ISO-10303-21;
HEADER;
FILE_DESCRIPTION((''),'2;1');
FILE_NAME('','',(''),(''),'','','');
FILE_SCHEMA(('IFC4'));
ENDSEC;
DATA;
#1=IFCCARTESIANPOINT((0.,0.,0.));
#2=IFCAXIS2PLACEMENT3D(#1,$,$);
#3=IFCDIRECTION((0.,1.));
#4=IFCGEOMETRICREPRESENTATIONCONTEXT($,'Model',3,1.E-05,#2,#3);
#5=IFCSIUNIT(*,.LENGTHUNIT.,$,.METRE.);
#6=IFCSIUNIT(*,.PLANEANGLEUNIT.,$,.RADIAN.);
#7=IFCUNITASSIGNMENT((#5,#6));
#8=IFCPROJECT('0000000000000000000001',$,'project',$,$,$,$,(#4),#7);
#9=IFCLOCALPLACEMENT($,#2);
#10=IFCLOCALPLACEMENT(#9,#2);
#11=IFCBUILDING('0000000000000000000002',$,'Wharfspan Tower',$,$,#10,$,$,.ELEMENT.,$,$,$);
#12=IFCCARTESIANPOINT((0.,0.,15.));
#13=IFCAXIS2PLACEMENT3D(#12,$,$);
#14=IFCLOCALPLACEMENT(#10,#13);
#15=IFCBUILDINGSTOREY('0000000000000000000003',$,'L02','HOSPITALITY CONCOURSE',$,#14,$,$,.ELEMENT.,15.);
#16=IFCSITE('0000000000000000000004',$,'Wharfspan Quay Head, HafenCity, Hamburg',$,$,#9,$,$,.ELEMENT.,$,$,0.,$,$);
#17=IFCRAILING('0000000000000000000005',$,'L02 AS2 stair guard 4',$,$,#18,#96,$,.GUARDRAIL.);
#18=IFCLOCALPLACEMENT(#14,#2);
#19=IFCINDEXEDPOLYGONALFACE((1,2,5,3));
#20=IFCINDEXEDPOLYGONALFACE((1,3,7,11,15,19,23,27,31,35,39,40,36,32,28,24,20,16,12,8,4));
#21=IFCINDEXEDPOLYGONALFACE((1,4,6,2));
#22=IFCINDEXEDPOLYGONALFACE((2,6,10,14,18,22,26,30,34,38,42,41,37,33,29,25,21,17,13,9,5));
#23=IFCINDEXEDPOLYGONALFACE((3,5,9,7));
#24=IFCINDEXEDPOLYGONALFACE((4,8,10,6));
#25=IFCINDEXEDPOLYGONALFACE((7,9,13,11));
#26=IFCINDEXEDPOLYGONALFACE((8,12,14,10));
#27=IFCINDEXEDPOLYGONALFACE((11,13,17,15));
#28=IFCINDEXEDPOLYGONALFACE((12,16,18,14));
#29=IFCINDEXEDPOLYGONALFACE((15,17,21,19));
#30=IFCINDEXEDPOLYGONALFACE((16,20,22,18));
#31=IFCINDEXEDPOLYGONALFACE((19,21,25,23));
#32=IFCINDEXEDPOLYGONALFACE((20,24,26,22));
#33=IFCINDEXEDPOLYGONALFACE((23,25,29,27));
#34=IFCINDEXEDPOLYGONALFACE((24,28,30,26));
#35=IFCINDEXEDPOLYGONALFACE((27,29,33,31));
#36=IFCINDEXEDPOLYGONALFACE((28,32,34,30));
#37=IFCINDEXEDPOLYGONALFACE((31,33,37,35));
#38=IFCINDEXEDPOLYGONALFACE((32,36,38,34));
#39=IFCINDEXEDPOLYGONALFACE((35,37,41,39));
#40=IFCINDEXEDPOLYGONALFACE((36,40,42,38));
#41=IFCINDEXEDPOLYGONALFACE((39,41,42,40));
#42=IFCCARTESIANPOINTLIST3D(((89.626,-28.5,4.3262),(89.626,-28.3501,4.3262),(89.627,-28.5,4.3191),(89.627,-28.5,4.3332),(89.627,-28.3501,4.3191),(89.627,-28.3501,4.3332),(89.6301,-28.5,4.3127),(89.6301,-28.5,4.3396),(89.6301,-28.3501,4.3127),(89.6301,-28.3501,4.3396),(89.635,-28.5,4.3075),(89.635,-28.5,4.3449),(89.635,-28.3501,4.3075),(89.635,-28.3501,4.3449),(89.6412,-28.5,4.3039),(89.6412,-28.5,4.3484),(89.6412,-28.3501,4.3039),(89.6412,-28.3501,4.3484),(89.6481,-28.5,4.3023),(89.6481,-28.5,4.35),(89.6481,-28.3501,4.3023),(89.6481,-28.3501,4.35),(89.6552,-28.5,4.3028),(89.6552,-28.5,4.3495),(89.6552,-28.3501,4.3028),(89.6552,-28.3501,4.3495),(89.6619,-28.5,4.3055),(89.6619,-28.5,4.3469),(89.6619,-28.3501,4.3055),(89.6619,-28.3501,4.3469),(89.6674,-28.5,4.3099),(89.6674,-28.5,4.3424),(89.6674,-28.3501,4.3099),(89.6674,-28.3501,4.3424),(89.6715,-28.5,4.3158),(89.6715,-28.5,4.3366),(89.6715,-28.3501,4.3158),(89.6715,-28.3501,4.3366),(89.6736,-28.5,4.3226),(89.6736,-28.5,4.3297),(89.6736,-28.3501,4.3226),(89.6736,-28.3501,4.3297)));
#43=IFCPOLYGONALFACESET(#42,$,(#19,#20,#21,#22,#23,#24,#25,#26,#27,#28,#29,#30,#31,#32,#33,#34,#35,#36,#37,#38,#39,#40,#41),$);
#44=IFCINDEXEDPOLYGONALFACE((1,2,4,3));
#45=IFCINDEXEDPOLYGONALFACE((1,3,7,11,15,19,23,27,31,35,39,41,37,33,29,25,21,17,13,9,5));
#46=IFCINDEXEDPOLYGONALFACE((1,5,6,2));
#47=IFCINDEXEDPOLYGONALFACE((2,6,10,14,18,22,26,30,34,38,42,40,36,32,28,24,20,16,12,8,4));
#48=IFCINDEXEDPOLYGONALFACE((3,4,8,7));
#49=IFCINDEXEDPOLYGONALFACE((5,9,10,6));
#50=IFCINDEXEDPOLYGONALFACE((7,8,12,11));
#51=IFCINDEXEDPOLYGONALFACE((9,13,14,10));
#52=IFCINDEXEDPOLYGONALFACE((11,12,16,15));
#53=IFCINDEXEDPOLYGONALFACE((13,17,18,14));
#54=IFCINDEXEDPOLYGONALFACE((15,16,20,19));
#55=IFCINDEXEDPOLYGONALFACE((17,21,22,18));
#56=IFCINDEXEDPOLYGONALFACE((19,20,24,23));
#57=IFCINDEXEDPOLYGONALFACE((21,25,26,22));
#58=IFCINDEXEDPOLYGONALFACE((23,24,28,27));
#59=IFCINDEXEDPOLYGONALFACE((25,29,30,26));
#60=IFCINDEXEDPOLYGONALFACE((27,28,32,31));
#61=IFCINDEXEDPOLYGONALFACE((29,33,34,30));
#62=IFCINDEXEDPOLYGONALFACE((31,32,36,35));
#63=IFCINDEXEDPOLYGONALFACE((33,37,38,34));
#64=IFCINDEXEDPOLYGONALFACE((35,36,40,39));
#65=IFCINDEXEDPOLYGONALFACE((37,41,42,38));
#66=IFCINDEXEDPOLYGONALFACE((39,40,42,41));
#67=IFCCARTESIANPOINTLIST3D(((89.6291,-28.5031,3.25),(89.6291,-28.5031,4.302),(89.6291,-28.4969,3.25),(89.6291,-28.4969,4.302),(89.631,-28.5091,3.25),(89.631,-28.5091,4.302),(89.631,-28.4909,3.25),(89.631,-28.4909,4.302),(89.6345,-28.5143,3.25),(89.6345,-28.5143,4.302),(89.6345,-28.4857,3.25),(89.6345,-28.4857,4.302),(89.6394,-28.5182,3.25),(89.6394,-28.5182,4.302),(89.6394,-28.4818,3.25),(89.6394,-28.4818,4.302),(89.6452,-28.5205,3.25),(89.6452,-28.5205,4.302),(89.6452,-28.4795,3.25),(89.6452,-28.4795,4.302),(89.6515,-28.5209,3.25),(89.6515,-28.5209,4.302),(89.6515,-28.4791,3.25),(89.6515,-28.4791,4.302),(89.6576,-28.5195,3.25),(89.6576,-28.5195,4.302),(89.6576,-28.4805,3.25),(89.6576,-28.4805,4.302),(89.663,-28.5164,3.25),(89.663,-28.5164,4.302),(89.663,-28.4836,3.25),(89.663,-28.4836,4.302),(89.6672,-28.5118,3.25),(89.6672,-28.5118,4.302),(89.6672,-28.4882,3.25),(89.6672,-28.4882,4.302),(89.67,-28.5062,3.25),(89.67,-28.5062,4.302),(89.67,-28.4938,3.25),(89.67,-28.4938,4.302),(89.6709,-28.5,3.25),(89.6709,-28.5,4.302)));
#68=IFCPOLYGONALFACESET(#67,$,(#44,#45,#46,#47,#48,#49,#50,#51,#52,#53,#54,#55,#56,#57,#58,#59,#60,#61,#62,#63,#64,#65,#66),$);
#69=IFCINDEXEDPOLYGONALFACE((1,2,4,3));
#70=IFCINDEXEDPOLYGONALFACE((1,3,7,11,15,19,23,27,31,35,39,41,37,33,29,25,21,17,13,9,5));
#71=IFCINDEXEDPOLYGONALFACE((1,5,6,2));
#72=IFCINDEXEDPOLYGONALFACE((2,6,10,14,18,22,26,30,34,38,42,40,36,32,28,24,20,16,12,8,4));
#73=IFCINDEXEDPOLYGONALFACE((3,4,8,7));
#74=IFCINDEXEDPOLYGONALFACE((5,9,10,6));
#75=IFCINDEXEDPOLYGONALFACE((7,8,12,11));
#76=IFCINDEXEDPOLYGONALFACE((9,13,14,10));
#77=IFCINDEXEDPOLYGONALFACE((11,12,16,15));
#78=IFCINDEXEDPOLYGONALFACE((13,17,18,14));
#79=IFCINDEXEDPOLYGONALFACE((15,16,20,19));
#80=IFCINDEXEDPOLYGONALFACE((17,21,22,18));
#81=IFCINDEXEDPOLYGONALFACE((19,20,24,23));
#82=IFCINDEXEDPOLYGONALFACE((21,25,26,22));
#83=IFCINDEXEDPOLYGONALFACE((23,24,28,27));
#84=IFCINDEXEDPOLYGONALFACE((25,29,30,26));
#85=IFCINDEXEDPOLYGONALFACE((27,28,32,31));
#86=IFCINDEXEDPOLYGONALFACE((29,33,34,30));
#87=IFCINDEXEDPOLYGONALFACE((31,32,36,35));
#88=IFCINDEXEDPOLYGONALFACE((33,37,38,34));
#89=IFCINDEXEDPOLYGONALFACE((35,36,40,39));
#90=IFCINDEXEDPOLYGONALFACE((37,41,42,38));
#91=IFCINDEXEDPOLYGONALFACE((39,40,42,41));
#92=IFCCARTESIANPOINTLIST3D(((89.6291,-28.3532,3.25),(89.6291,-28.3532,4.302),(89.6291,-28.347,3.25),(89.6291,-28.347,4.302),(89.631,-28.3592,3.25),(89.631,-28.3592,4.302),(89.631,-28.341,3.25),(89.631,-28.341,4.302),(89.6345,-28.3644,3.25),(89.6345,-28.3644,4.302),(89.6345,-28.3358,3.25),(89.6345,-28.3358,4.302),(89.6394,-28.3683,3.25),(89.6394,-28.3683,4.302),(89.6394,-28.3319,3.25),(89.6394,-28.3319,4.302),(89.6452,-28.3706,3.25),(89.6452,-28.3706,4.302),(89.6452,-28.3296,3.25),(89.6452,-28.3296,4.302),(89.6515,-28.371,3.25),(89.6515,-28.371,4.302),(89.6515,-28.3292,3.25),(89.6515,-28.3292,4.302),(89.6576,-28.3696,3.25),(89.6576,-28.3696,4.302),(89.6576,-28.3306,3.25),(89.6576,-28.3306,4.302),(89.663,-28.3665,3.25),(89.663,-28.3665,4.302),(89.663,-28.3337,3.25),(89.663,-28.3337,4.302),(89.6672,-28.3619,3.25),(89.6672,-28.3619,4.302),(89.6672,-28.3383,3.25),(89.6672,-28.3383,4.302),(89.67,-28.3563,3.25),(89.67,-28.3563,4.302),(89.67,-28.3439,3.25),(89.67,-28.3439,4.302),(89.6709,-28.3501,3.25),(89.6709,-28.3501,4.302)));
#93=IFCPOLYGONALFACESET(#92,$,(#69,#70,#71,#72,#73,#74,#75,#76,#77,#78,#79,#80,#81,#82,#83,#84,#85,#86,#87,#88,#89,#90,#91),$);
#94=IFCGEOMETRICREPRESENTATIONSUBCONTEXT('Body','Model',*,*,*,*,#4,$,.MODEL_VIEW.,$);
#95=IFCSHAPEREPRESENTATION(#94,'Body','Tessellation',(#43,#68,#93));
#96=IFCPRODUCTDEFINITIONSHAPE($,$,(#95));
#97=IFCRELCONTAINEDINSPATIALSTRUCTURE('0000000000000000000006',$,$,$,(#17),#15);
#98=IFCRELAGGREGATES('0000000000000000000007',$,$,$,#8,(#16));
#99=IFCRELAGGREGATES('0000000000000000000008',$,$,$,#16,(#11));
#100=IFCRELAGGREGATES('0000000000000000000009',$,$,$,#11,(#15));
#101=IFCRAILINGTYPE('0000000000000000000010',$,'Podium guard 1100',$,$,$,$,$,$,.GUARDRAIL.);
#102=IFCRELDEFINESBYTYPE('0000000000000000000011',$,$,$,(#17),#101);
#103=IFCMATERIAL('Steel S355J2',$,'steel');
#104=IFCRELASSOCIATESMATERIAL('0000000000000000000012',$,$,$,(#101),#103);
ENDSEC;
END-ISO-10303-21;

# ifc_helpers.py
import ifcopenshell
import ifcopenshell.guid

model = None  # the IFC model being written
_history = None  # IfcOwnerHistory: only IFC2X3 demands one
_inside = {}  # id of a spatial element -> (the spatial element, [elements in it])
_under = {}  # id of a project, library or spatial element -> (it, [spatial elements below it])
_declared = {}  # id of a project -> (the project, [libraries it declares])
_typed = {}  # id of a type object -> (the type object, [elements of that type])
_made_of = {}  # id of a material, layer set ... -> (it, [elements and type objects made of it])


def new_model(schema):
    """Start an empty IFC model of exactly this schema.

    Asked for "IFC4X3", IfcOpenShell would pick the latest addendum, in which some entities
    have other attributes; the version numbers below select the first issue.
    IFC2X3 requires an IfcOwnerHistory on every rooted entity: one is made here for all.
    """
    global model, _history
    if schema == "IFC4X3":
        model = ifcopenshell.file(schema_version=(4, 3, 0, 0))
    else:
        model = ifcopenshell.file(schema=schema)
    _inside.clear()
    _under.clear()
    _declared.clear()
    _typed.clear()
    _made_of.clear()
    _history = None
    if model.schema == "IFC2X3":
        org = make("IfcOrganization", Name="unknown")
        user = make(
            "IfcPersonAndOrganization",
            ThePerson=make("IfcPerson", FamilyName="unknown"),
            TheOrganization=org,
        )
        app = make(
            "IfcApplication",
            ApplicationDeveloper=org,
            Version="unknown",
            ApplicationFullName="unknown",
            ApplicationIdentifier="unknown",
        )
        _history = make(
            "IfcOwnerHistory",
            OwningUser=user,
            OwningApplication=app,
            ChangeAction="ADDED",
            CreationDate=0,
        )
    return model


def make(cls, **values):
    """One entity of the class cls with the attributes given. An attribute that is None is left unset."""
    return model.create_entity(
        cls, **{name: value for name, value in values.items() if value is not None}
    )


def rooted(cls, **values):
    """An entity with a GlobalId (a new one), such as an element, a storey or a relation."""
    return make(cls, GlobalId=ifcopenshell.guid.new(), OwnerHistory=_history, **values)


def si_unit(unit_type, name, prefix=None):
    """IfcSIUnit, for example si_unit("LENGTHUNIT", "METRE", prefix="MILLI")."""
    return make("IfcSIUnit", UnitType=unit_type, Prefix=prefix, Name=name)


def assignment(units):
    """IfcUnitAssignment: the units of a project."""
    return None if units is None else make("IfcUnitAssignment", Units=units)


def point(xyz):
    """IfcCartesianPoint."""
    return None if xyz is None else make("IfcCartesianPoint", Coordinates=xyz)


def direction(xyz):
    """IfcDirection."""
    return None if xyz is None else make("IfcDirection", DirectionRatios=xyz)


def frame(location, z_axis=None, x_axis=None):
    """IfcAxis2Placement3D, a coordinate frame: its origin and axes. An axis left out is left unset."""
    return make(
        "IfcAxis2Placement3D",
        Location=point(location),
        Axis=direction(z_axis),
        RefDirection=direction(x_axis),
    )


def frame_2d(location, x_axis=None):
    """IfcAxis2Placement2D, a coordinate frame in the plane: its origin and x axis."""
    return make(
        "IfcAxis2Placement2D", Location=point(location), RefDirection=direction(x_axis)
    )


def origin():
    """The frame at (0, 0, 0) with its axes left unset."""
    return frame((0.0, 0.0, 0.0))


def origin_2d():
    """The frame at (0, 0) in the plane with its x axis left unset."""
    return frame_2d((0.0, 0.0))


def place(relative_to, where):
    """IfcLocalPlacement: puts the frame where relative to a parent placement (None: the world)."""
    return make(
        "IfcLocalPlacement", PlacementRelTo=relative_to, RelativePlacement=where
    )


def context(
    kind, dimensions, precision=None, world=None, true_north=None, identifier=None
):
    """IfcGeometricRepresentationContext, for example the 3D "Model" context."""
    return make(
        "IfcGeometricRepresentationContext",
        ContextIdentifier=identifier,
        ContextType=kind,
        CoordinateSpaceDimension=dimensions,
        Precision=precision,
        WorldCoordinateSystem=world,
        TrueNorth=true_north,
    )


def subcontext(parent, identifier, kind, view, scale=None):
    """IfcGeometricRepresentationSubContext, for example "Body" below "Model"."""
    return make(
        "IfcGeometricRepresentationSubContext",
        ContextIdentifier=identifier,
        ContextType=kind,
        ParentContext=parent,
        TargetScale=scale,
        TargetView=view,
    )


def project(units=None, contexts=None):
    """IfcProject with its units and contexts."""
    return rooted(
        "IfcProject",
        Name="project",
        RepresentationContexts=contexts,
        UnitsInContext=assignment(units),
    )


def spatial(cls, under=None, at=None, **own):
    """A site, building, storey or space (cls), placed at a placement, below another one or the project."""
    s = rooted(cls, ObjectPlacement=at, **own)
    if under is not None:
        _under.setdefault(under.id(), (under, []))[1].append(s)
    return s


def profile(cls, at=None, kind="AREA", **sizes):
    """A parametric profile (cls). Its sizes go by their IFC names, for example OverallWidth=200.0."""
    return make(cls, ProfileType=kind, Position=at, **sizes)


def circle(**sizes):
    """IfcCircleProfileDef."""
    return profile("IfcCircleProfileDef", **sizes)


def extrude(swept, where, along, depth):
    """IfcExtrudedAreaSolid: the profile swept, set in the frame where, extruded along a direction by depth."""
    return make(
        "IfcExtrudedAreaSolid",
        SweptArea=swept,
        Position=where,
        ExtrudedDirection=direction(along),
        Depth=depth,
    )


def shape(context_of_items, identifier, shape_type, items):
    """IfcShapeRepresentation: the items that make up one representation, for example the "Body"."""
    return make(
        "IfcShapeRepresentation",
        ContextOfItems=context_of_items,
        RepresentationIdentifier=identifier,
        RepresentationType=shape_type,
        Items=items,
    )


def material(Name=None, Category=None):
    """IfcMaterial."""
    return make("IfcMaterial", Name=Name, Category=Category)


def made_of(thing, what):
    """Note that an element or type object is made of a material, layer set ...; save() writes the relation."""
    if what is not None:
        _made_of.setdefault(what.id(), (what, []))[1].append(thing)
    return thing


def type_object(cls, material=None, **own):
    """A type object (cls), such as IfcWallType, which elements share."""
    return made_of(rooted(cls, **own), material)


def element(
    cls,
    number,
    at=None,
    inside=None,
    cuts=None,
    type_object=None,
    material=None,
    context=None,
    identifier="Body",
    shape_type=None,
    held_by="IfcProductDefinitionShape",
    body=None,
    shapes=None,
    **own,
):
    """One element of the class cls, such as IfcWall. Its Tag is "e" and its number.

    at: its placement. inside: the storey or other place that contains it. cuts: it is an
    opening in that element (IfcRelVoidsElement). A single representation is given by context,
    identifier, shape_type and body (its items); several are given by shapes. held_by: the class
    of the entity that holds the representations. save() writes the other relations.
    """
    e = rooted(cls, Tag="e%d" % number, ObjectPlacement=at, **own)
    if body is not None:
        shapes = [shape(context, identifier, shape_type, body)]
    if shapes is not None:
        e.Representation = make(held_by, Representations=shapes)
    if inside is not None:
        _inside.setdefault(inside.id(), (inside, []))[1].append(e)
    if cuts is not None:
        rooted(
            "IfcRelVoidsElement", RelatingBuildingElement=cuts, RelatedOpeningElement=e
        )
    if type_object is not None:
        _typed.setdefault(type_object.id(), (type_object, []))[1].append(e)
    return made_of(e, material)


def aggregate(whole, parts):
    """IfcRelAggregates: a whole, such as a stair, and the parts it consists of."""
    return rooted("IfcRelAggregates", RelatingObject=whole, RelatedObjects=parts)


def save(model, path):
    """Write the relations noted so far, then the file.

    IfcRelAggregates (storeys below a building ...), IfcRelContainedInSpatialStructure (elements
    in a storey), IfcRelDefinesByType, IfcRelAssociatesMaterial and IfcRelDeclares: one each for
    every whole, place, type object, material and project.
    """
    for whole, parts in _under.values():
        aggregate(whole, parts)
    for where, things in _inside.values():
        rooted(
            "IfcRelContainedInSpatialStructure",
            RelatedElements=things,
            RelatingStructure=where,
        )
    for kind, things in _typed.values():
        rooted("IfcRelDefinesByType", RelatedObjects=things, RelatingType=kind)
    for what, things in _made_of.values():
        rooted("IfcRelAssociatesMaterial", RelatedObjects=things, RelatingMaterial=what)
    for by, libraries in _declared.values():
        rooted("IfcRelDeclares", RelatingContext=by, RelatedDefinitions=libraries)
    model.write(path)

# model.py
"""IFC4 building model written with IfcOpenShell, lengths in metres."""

from ifc_helpers import new_model, si_unit, direction, frame, origin, origin_2d, place, context, subcontext, project, spatial, circle, extrude, material, type_object, element, save


model = new_model("IFC4")

# Units and contexts
model_context = context("Model", 3, precision=1e-05, world=origin(), true_north=direction((0.0, 1.0)))
body_context = subcontext(model_context, "Body", "Model", "MODEL_VIEW")
ifc_project = project(units=[si_unit("LENGTHUNIT", "METRE"), si_unit("PLANEANGLEUNIT", "RADIAN")], contexts=[model_context])

# Site, building, storey
site_placement = place(None, origin())
site = spatial("IfcSite", under=ifc_project, at=site_placement, Name="Wharfspan Quay Head, HafenCity, Hamburg", CompositionType="ELEMENT", RefElevation=0.0)
building_placement = place(site_placement, origin())
building = spatial("IfcBuilding", under=site, at=building_placement, Name="Wharfspan Tower", CompositionType="ELEMENT")
storey_placement = place(building_placement, frame((0.0, 0.0, 15.0)))
storey = spatial("IfcBuildingStorey", under=building, at=storey_placement, Name="L02", Description="HOSPITALITY CONCOURSE", CompositionType="ELEMENT", Elevation=15.0)

# Railing
ifc_material_1 = material(Name="Steel S355J2", Category="steel")
railing_type_1 = type_object("IfcRailingType", Name="Podium guard 1100", PredefinedType="GUARDRAIL", material=ifc_material_1)
railing_1_placement = place(storey_placement, frame((89.6499, -28.5, 3.25)))
element("IfcRailing", 1, at=railing_1_placement, inside=storey, type_object=railing_type_1, Name="L02 AS2 stair guard 4", PredefinedType="GUARDRAIL", context=body_context, shape_type="SweptSolid", body=[
    extrude(circle(Radius=0.0239, at=origin_2d()), frame((0.0, 0.0, 1.0762), z_axis=(0.0, 1.0, 0.0), x_axis=(-1.0, 0.0, 0.0)), (0.0, 0.0, 1.0), 0.1499),
    extrude(circle(Radius=0.021, at=origin_2d()), origin(), (0.0, 0.0, 1.0), 1.052),
    extrude(circle(Radius=0.021, at=origin_2d()), frame((0.0, 0.1499, 0.0)), (0.0, 0.0, 1.0), 1.052),
])

save(model, "model.ifc")
